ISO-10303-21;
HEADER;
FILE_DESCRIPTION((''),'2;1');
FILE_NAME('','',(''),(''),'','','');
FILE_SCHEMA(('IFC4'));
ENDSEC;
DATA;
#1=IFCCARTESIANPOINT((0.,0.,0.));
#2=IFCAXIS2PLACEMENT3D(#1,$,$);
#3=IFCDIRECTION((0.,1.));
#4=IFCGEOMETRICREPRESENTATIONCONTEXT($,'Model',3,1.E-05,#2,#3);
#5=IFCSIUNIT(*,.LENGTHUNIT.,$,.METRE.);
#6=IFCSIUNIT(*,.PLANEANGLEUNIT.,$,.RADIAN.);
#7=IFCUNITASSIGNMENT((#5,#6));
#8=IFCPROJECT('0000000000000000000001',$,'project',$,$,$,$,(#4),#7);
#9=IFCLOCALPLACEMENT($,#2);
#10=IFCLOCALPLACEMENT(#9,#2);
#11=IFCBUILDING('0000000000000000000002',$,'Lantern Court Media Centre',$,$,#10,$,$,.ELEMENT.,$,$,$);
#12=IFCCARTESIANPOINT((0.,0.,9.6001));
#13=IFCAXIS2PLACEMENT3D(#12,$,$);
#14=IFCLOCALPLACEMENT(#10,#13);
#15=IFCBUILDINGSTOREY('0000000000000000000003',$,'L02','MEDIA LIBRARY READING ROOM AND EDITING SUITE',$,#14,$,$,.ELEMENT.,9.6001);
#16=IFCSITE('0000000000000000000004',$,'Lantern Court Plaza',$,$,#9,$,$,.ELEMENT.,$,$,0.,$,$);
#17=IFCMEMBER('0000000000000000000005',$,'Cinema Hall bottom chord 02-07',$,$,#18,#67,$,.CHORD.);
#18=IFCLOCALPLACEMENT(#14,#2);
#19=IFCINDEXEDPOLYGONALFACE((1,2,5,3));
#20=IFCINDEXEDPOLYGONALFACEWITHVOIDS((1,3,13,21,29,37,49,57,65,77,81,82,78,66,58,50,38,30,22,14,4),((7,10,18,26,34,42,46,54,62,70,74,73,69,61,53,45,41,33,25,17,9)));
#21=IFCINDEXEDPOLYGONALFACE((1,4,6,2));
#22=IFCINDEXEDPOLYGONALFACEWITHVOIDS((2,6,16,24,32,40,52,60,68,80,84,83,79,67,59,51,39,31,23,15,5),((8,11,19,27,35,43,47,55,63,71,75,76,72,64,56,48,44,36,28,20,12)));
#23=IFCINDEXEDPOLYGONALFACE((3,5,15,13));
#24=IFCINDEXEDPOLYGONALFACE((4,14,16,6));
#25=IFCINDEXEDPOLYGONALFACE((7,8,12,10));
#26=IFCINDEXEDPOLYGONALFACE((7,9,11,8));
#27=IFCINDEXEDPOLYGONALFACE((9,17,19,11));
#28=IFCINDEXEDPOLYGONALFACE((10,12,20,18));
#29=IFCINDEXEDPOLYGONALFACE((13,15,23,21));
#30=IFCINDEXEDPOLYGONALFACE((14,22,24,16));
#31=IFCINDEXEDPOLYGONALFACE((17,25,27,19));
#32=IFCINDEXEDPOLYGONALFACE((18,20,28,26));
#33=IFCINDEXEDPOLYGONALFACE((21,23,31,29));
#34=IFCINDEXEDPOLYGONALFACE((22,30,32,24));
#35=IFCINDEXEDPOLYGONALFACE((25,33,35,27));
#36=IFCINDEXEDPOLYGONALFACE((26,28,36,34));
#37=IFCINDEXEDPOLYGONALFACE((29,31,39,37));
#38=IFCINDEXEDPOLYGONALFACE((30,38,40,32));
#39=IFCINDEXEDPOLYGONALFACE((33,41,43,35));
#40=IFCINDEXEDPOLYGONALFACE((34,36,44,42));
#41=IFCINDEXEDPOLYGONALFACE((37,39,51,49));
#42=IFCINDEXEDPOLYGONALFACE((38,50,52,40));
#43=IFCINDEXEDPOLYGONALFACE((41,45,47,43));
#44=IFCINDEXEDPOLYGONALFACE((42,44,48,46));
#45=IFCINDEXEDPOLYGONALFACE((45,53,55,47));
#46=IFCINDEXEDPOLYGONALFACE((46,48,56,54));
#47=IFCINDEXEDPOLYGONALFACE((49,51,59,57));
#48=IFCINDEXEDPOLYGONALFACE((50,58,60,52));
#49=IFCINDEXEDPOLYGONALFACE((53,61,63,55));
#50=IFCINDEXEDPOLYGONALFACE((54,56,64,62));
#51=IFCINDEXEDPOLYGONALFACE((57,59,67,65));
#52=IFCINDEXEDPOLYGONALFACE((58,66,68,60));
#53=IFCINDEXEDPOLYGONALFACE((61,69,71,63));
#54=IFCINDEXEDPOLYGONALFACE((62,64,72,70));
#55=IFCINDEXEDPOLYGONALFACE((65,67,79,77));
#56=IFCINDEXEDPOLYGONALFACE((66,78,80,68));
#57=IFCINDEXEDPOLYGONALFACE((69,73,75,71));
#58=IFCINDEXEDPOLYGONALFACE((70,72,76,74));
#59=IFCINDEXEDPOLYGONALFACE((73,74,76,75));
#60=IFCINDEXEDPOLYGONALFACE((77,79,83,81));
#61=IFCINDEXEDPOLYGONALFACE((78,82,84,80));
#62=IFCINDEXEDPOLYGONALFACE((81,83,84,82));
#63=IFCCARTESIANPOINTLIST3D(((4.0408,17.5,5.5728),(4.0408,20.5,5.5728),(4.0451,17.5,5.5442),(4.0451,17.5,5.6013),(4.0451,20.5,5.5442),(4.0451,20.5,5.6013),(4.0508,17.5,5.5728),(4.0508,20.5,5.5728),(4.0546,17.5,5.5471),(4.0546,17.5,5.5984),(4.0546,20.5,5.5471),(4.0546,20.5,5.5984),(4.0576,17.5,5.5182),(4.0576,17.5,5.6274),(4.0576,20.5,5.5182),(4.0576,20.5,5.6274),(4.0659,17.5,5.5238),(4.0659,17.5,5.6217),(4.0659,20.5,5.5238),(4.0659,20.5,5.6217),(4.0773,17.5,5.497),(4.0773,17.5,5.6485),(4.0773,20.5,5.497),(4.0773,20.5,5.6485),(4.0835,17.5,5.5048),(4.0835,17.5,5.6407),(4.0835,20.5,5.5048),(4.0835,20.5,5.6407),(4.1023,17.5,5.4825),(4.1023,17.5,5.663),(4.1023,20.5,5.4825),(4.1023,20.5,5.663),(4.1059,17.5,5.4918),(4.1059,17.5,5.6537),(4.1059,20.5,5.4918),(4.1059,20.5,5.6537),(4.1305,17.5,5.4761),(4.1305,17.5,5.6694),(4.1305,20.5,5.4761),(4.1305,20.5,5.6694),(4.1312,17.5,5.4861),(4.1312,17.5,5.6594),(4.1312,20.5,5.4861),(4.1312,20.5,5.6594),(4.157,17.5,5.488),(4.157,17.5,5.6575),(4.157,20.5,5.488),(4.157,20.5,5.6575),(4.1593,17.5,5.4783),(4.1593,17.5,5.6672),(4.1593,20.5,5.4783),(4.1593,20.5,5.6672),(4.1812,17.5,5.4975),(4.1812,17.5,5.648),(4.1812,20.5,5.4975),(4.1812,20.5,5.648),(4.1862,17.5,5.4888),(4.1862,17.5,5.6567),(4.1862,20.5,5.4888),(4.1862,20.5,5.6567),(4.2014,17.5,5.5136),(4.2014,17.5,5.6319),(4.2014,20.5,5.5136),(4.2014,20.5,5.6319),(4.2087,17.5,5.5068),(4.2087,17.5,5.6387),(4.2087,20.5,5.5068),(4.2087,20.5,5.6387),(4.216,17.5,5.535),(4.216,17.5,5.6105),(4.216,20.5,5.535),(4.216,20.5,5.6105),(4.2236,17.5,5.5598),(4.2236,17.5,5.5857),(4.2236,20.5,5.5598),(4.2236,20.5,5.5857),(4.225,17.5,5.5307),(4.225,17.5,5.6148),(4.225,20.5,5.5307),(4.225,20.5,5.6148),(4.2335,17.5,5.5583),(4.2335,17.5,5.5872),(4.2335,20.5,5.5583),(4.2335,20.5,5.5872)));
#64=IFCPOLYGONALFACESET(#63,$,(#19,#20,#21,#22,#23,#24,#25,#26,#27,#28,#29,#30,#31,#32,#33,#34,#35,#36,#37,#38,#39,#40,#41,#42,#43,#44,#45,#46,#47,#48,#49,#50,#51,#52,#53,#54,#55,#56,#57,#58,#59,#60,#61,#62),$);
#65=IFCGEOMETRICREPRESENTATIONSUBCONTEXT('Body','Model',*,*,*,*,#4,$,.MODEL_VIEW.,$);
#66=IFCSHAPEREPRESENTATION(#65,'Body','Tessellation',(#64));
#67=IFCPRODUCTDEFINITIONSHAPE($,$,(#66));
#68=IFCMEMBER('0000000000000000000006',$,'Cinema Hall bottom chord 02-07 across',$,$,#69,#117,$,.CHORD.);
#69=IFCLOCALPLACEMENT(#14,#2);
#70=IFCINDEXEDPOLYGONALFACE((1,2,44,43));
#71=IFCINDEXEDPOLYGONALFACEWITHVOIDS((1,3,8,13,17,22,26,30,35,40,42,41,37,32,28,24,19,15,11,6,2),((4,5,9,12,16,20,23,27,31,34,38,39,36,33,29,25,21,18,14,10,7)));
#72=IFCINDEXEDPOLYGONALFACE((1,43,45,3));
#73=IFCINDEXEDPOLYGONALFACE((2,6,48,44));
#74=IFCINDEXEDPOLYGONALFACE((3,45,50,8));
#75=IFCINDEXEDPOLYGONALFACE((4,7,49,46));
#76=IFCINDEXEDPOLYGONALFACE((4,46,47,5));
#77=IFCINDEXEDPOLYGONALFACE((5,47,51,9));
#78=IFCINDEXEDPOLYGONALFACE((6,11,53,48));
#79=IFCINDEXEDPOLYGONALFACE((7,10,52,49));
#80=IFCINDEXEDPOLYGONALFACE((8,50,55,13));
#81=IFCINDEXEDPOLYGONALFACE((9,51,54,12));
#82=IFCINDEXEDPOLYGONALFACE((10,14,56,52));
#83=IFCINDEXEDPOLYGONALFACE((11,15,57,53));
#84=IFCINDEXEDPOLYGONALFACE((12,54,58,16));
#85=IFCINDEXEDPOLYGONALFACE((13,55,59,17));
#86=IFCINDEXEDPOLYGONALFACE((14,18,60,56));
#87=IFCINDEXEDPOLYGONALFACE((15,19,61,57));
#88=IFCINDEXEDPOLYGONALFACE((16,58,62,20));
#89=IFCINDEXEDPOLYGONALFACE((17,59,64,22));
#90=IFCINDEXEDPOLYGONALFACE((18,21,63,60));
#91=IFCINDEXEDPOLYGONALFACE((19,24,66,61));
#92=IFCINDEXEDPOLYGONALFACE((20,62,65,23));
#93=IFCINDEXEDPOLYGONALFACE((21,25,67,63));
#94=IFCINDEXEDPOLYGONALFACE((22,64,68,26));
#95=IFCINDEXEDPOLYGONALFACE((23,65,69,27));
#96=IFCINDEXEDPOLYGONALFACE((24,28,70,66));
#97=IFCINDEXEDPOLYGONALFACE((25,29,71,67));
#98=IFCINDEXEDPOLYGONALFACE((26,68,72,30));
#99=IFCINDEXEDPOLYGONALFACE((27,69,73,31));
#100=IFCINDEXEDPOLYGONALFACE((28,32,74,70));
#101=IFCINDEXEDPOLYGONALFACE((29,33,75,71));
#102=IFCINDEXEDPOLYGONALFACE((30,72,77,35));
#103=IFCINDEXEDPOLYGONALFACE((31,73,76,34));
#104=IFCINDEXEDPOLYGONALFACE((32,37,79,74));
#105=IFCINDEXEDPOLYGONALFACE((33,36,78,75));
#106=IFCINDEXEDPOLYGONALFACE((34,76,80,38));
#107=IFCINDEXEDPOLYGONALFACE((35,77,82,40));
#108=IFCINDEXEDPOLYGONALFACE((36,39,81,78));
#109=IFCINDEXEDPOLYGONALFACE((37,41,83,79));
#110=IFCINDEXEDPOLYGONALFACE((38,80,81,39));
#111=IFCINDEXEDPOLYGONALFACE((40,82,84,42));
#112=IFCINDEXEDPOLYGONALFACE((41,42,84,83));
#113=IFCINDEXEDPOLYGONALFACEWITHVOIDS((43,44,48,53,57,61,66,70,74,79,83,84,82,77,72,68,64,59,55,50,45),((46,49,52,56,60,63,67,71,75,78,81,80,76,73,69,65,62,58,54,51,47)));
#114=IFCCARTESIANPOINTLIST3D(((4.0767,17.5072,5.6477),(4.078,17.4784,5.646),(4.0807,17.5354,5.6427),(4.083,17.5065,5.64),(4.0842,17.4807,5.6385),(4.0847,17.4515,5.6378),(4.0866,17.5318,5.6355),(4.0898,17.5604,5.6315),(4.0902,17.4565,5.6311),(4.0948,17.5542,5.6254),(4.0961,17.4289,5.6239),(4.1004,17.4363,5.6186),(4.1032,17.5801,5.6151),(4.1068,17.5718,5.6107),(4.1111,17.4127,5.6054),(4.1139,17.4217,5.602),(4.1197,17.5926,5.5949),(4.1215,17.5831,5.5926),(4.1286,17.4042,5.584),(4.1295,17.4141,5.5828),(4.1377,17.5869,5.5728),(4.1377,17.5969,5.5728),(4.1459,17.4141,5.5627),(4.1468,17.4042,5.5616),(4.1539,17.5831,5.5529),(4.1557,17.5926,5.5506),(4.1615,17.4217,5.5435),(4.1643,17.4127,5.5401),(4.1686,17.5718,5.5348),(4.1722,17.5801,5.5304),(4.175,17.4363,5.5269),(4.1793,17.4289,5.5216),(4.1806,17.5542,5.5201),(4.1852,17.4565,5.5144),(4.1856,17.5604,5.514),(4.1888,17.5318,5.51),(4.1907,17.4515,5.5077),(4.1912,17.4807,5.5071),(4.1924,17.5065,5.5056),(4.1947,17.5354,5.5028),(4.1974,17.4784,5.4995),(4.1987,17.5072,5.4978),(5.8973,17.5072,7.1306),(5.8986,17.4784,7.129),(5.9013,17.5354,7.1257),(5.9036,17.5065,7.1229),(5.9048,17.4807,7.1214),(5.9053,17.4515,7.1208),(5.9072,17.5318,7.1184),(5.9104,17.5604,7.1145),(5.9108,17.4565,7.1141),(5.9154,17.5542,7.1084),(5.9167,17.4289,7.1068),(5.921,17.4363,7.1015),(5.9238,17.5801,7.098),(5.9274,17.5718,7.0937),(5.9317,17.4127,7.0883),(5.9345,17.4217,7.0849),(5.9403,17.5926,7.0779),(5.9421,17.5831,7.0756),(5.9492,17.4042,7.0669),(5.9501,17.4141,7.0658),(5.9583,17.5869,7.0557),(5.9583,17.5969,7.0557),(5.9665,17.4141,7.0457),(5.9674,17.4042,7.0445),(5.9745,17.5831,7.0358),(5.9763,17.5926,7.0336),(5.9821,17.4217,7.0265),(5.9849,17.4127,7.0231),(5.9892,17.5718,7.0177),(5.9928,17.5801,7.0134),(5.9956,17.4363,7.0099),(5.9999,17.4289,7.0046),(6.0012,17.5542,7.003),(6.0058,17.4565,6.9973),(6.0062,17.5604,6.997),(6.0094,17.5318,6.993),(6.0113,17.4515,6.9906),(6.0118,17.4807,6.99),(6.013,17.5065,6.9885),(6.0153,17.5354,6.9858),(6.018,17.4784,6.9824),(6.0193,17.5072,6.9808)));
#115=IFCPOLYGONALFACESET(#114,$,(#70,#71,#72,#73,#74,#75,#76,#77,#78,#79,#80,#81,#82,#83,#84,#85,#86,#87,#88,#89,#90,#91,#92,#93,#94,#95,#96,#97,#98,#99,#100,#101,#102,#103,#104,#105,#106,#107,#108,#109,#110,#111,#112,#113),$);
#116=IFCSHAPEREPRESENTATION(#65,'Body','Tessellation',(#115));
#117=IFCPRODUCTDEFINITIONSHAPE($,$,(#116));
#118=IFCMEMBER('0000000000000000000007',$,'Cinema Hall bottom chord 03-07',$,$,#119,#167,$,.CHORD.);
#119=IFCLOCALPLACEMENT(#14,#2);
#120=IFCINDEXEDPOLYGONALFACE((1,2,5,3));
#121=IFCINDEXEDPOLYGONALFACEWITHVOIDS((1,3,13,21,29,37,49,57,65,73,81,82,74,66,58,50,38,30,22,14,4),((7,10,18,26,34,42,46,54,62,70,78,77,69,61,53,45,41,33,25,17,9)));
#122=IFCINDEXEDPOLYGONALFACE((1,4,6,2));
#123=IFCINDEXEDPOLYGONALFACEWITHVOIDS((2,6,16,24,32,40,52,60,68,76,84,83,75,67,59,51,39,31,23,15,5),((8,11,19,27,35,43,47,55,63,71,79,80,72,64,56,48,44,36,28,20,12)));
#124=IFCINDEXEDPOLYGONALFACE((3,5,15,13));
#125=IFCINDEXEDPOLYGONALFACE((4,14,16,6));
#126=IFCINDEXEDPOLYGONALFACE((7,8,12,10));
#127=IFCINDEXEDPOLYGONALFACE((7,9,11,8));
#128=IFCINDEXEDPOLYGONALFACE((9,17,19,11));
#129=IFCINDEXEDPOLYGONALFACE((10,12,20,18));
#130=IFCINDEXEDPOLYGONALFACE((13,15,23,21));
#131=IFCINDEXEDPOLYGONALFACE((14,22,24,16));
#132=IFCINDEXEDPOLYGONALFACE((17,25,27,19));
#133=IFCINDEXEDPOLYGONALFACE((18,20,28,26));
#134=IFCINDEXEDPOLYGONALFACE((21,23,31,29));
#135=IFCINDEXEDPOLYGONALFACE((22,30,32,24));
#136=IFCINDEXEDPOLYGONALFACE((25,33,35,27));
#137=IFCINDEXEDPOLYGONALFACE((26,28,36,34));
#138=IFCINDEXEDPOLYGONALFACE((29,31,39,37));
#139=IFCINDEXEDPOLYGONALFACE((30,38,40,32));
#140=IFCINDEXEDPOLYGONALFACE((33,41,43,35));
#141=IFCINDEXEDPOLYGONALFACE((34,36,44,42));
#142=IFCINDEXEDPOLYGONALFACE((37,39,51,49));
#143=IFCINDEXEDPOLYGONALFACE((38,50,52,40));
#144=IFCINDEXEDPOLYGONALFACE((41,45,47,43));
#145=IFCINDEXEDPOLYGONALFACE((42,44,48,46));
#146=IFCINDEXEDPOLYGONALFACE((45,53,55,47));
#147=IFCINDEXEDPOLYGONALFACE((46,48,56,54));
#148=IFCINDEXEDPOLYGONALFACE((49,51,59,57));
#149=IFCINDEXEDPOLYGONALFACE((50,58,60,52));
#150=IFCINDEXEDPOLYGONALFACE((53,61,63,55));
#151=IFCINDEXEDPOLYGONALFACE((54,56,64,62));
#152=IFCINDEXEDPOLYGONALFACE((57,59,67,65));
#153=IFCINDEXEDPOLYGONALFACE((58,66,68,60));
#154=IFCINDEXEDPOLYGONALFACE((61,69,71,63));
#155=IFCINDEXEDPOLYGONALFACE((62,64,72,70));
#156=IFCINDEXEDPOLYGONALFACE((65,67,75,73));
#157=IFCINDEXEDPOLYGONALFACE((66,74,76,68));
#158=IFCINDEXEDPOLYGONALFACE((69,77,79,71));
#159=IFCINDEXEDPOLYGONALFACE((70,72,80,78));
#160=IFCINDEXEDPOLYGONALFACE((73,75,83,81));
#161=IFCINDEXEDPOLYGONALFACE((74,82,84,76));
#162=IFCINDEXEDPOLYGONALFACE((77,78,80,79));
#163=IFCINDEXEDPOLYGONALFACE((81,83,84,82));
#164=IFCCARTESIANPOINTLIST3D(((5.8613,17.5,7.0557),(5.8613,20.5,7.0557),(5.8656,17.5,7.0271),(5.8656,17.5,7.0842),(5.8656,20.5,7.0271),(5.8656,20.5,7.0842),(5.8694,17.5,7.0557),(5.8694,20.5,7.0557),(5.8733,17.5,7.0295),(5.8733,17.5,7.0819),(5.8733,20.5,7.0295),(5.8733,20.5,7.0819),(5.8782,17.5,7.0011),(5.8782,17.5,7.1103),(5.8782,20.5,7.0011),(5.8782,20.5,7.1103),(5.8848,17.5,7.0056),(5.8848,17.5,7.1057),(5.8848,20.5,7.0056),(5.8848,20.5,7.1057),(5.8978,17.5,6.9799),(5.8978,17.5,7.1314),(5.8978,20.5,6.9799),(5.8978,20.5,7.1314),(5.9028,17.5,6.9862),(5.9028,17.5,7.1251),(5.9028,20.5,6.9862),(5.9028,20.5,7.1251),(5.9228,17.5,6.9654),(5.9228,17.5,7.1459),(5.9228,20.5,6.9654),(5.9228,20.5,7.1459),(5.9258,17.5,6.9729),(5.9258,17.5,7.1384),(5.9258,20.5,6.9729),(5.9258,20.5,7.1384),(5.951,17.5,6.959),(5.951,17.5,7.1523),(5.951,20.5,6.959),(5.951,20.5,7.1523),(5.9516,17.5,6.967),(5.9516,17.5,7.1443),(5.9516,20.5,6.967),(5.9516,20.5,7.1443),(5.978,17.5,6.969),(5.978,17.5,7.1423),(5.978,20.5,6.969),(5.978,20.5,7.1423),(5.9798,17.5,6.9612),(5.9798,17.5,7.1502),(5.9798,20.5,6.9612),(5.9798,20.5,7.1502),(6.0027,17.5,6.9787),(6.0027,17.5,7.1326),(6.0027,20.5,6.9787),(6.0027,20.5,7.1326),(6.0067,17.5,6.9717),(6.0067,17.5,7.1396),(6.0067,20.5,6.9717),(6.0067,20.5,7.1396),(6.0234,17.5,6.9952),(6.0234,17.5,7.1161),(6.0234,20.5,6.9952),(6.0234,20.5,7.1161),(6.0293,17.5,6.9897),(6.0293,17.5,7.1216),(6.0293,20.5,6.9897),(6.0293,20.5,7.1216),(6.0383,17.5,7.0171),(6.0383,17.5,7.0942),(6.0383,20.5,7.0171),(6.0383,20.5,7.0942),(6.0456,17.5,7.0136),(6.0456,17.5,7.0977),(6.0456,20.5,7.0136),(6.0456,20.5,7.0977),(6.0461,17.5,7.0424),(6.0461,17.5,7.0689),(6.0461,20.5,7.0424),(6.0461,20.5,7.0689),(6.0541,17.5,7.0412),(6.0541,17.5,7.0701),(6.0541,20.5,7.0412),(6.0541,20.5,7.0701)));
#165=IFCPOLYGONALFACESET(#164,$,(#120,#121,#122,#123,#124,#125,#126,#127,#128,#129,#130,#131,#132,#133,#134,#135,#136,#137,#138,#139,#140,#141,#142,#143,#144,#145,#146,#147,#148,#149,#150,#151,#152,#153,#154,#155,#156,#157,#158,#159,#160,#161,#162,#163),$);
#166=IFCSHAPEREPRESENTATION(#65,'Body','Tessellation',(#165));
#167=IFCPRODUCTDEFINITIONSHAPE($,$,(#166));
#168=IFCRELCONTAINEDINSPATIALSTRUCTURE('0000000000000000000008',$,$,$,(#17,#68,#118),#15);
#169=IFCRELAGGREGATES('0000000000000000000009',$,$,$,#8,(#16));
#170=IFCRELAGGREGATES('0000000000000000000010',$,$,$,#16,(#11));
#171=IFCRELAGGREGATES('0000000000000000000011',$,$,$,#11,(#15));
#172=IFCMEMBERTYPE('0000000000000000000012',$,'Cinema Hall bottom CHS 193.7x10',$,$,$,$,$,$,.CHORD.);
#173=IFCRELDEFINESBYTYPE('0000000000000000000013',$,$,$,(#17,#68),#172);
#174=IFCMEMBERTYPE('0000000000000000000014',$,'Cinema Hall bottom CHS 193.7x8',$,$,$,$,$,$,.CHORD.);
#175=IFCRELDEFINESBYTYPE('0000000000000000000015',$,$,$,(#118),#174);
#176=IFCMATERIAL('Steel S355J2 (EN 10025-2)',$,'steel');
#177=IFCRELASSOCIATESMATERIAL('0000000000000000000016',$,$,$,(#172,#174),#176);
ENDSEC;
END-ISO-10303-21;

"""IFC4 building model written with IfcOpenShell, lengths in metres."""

from ifc_helpers import new_model, si_unit, direction, frame, origin, origin_2d, place, context, subcontext, project, spatial, hollow_circle, extrude, material, material_profile, profile_set, type_object, element, save


model = new_model("IFC4")

# Units and contexts
model_context = context("Model", 3, precision=1e-05, world=origin(), true_north=direction((0.0, 1.0)))
body_context = subcontext(model_context, "Body", "Model", "MODEL_VIEW")
ifc_project = project(units=[si_unit("LENGTHUNIT", "METRE"), si_unit("PLANEANGLEUNIT", "RADIAN")], contexts=[model_context])

# Site, building, storey
site_placement = place(None, origin())
site = spatial("IfcSite", under=ifc_project, at=site_placement, Name="Lantern Court Plaza", CompositionType="ELEMENT", RefElevation=0.0)
building_placement = place(site_placement, origin())
building = spatial("IfcBuilding", under=site, at=building_placement, Name="Lantern Court Media Centre", CompositionType="ELEMENT")
storey_placement = place(building_placement, frame((0.0, 0.0, 9.6001)))
storey = spatial("IfcBuildingStorey", under=building, at=storey_placement, Name="L02", Description="MEDIA LIBRARY READING ROOM AND EDITING SUITE", CompositionType="ELEMENT", Elevation=9.6001)

# Members
ifc_material = material(Name="Steel S355J2 (EN 10025-2)", Category="steel")
ifc_material_profile_1 = material_profile(ifc_material, hollow_circle(Radius=0.0969, WallThickness=0.01, at=origin_2d()), Name="Cinema Hall bottom CHS 193.7x10")
ifc_profile_set_1 = profile_set([ifc_material_profile_1], Name="Steel S355J2 (EN 10025-2)")
member_type_1 = type_object("IfcMemberType", Name="Cinema Hall bottom CHS 193.7x10", PredefinedType="CHORD", material=ifc_profile_set_1)
member_1_placement = place(storey_placement, frame((4.1377, 17.5, 5.5728), z_axis=(0.0, 1.0, 0.0), x_axis=(-1.0, 0.0, 0.0)))
element("IfcMember", 1, at=member_1_placement, inside=storey, type_object=member_type_1, Name="Cinema Hall bottom chord 02-07", PredefinedType="CHORD", context=body_context, shape_type="SweptSolid", body=[
    extrude(hollow_circle(Radius=0.0969, WallThickness=0.01, at=origin_2d()), origin(), (0.0, 0.0, 1.0), 3.0),
])
member_2_placement = place(storey_placement, frame((4.1377, 17.5, 5.5728), z_axis=(0.775341, 0.0, 0.631543), x_axis=(0.0, 1.0, 0.0)))
element("IfcMember", 2, at=member_2_placement, inside=storey, type_object=member_type_1, Name="Cinema Hall bottom chord 02-07 across", PredefinedType="CHORD", context=body_context, shape_type="SweptSolid", body=[
    extrude(hollow_circle(Radius=0.0969, WallThickness=0.01, at=origin_2d()), origin(), (0.0, 0.0, 1.0), 2.3481),
])
ifc_material_profile_2 = material_profile(ifc_material, hollow_circle(Radius=0.0969, WallThickness=0.0081, at=origin_2d()), Name="Cinema Hall bottom CHS 193.7x8")
ifc_profile_set_2 = profile_set([ifc_material_profile_2], Name="Steel S355J2 (EN 10025-2)")
member_type_2 = type_object("IfcMemberType", Name="Cinema Hall bottom CHS 193.7x8", PredefinedType="CHORD", material=ifc_profile_set_2)
member_3_placement = place(storey_placement, frame((5.9583, 17.5, 7.0557), z_axis=(0.0, 1.0, 0.0), x_axis=(-1.0, 0.0, 0.0)))
element("IfcMember", 3, at=member_3_placement, inside=storey, type_object=member_type_2, Name="Cinema Hall bottom chord 03-07", PredefinedType="CHORD", context=body_context, shape_type="SweptSolid", body=[
    extrude(hollow_circle(Radius=0.0969, WallThickness=0.0081, at=origin_2d()), origin(), (0.0, 0.0, 1.0), 3.0),
])

save(model, "model.ifc")
